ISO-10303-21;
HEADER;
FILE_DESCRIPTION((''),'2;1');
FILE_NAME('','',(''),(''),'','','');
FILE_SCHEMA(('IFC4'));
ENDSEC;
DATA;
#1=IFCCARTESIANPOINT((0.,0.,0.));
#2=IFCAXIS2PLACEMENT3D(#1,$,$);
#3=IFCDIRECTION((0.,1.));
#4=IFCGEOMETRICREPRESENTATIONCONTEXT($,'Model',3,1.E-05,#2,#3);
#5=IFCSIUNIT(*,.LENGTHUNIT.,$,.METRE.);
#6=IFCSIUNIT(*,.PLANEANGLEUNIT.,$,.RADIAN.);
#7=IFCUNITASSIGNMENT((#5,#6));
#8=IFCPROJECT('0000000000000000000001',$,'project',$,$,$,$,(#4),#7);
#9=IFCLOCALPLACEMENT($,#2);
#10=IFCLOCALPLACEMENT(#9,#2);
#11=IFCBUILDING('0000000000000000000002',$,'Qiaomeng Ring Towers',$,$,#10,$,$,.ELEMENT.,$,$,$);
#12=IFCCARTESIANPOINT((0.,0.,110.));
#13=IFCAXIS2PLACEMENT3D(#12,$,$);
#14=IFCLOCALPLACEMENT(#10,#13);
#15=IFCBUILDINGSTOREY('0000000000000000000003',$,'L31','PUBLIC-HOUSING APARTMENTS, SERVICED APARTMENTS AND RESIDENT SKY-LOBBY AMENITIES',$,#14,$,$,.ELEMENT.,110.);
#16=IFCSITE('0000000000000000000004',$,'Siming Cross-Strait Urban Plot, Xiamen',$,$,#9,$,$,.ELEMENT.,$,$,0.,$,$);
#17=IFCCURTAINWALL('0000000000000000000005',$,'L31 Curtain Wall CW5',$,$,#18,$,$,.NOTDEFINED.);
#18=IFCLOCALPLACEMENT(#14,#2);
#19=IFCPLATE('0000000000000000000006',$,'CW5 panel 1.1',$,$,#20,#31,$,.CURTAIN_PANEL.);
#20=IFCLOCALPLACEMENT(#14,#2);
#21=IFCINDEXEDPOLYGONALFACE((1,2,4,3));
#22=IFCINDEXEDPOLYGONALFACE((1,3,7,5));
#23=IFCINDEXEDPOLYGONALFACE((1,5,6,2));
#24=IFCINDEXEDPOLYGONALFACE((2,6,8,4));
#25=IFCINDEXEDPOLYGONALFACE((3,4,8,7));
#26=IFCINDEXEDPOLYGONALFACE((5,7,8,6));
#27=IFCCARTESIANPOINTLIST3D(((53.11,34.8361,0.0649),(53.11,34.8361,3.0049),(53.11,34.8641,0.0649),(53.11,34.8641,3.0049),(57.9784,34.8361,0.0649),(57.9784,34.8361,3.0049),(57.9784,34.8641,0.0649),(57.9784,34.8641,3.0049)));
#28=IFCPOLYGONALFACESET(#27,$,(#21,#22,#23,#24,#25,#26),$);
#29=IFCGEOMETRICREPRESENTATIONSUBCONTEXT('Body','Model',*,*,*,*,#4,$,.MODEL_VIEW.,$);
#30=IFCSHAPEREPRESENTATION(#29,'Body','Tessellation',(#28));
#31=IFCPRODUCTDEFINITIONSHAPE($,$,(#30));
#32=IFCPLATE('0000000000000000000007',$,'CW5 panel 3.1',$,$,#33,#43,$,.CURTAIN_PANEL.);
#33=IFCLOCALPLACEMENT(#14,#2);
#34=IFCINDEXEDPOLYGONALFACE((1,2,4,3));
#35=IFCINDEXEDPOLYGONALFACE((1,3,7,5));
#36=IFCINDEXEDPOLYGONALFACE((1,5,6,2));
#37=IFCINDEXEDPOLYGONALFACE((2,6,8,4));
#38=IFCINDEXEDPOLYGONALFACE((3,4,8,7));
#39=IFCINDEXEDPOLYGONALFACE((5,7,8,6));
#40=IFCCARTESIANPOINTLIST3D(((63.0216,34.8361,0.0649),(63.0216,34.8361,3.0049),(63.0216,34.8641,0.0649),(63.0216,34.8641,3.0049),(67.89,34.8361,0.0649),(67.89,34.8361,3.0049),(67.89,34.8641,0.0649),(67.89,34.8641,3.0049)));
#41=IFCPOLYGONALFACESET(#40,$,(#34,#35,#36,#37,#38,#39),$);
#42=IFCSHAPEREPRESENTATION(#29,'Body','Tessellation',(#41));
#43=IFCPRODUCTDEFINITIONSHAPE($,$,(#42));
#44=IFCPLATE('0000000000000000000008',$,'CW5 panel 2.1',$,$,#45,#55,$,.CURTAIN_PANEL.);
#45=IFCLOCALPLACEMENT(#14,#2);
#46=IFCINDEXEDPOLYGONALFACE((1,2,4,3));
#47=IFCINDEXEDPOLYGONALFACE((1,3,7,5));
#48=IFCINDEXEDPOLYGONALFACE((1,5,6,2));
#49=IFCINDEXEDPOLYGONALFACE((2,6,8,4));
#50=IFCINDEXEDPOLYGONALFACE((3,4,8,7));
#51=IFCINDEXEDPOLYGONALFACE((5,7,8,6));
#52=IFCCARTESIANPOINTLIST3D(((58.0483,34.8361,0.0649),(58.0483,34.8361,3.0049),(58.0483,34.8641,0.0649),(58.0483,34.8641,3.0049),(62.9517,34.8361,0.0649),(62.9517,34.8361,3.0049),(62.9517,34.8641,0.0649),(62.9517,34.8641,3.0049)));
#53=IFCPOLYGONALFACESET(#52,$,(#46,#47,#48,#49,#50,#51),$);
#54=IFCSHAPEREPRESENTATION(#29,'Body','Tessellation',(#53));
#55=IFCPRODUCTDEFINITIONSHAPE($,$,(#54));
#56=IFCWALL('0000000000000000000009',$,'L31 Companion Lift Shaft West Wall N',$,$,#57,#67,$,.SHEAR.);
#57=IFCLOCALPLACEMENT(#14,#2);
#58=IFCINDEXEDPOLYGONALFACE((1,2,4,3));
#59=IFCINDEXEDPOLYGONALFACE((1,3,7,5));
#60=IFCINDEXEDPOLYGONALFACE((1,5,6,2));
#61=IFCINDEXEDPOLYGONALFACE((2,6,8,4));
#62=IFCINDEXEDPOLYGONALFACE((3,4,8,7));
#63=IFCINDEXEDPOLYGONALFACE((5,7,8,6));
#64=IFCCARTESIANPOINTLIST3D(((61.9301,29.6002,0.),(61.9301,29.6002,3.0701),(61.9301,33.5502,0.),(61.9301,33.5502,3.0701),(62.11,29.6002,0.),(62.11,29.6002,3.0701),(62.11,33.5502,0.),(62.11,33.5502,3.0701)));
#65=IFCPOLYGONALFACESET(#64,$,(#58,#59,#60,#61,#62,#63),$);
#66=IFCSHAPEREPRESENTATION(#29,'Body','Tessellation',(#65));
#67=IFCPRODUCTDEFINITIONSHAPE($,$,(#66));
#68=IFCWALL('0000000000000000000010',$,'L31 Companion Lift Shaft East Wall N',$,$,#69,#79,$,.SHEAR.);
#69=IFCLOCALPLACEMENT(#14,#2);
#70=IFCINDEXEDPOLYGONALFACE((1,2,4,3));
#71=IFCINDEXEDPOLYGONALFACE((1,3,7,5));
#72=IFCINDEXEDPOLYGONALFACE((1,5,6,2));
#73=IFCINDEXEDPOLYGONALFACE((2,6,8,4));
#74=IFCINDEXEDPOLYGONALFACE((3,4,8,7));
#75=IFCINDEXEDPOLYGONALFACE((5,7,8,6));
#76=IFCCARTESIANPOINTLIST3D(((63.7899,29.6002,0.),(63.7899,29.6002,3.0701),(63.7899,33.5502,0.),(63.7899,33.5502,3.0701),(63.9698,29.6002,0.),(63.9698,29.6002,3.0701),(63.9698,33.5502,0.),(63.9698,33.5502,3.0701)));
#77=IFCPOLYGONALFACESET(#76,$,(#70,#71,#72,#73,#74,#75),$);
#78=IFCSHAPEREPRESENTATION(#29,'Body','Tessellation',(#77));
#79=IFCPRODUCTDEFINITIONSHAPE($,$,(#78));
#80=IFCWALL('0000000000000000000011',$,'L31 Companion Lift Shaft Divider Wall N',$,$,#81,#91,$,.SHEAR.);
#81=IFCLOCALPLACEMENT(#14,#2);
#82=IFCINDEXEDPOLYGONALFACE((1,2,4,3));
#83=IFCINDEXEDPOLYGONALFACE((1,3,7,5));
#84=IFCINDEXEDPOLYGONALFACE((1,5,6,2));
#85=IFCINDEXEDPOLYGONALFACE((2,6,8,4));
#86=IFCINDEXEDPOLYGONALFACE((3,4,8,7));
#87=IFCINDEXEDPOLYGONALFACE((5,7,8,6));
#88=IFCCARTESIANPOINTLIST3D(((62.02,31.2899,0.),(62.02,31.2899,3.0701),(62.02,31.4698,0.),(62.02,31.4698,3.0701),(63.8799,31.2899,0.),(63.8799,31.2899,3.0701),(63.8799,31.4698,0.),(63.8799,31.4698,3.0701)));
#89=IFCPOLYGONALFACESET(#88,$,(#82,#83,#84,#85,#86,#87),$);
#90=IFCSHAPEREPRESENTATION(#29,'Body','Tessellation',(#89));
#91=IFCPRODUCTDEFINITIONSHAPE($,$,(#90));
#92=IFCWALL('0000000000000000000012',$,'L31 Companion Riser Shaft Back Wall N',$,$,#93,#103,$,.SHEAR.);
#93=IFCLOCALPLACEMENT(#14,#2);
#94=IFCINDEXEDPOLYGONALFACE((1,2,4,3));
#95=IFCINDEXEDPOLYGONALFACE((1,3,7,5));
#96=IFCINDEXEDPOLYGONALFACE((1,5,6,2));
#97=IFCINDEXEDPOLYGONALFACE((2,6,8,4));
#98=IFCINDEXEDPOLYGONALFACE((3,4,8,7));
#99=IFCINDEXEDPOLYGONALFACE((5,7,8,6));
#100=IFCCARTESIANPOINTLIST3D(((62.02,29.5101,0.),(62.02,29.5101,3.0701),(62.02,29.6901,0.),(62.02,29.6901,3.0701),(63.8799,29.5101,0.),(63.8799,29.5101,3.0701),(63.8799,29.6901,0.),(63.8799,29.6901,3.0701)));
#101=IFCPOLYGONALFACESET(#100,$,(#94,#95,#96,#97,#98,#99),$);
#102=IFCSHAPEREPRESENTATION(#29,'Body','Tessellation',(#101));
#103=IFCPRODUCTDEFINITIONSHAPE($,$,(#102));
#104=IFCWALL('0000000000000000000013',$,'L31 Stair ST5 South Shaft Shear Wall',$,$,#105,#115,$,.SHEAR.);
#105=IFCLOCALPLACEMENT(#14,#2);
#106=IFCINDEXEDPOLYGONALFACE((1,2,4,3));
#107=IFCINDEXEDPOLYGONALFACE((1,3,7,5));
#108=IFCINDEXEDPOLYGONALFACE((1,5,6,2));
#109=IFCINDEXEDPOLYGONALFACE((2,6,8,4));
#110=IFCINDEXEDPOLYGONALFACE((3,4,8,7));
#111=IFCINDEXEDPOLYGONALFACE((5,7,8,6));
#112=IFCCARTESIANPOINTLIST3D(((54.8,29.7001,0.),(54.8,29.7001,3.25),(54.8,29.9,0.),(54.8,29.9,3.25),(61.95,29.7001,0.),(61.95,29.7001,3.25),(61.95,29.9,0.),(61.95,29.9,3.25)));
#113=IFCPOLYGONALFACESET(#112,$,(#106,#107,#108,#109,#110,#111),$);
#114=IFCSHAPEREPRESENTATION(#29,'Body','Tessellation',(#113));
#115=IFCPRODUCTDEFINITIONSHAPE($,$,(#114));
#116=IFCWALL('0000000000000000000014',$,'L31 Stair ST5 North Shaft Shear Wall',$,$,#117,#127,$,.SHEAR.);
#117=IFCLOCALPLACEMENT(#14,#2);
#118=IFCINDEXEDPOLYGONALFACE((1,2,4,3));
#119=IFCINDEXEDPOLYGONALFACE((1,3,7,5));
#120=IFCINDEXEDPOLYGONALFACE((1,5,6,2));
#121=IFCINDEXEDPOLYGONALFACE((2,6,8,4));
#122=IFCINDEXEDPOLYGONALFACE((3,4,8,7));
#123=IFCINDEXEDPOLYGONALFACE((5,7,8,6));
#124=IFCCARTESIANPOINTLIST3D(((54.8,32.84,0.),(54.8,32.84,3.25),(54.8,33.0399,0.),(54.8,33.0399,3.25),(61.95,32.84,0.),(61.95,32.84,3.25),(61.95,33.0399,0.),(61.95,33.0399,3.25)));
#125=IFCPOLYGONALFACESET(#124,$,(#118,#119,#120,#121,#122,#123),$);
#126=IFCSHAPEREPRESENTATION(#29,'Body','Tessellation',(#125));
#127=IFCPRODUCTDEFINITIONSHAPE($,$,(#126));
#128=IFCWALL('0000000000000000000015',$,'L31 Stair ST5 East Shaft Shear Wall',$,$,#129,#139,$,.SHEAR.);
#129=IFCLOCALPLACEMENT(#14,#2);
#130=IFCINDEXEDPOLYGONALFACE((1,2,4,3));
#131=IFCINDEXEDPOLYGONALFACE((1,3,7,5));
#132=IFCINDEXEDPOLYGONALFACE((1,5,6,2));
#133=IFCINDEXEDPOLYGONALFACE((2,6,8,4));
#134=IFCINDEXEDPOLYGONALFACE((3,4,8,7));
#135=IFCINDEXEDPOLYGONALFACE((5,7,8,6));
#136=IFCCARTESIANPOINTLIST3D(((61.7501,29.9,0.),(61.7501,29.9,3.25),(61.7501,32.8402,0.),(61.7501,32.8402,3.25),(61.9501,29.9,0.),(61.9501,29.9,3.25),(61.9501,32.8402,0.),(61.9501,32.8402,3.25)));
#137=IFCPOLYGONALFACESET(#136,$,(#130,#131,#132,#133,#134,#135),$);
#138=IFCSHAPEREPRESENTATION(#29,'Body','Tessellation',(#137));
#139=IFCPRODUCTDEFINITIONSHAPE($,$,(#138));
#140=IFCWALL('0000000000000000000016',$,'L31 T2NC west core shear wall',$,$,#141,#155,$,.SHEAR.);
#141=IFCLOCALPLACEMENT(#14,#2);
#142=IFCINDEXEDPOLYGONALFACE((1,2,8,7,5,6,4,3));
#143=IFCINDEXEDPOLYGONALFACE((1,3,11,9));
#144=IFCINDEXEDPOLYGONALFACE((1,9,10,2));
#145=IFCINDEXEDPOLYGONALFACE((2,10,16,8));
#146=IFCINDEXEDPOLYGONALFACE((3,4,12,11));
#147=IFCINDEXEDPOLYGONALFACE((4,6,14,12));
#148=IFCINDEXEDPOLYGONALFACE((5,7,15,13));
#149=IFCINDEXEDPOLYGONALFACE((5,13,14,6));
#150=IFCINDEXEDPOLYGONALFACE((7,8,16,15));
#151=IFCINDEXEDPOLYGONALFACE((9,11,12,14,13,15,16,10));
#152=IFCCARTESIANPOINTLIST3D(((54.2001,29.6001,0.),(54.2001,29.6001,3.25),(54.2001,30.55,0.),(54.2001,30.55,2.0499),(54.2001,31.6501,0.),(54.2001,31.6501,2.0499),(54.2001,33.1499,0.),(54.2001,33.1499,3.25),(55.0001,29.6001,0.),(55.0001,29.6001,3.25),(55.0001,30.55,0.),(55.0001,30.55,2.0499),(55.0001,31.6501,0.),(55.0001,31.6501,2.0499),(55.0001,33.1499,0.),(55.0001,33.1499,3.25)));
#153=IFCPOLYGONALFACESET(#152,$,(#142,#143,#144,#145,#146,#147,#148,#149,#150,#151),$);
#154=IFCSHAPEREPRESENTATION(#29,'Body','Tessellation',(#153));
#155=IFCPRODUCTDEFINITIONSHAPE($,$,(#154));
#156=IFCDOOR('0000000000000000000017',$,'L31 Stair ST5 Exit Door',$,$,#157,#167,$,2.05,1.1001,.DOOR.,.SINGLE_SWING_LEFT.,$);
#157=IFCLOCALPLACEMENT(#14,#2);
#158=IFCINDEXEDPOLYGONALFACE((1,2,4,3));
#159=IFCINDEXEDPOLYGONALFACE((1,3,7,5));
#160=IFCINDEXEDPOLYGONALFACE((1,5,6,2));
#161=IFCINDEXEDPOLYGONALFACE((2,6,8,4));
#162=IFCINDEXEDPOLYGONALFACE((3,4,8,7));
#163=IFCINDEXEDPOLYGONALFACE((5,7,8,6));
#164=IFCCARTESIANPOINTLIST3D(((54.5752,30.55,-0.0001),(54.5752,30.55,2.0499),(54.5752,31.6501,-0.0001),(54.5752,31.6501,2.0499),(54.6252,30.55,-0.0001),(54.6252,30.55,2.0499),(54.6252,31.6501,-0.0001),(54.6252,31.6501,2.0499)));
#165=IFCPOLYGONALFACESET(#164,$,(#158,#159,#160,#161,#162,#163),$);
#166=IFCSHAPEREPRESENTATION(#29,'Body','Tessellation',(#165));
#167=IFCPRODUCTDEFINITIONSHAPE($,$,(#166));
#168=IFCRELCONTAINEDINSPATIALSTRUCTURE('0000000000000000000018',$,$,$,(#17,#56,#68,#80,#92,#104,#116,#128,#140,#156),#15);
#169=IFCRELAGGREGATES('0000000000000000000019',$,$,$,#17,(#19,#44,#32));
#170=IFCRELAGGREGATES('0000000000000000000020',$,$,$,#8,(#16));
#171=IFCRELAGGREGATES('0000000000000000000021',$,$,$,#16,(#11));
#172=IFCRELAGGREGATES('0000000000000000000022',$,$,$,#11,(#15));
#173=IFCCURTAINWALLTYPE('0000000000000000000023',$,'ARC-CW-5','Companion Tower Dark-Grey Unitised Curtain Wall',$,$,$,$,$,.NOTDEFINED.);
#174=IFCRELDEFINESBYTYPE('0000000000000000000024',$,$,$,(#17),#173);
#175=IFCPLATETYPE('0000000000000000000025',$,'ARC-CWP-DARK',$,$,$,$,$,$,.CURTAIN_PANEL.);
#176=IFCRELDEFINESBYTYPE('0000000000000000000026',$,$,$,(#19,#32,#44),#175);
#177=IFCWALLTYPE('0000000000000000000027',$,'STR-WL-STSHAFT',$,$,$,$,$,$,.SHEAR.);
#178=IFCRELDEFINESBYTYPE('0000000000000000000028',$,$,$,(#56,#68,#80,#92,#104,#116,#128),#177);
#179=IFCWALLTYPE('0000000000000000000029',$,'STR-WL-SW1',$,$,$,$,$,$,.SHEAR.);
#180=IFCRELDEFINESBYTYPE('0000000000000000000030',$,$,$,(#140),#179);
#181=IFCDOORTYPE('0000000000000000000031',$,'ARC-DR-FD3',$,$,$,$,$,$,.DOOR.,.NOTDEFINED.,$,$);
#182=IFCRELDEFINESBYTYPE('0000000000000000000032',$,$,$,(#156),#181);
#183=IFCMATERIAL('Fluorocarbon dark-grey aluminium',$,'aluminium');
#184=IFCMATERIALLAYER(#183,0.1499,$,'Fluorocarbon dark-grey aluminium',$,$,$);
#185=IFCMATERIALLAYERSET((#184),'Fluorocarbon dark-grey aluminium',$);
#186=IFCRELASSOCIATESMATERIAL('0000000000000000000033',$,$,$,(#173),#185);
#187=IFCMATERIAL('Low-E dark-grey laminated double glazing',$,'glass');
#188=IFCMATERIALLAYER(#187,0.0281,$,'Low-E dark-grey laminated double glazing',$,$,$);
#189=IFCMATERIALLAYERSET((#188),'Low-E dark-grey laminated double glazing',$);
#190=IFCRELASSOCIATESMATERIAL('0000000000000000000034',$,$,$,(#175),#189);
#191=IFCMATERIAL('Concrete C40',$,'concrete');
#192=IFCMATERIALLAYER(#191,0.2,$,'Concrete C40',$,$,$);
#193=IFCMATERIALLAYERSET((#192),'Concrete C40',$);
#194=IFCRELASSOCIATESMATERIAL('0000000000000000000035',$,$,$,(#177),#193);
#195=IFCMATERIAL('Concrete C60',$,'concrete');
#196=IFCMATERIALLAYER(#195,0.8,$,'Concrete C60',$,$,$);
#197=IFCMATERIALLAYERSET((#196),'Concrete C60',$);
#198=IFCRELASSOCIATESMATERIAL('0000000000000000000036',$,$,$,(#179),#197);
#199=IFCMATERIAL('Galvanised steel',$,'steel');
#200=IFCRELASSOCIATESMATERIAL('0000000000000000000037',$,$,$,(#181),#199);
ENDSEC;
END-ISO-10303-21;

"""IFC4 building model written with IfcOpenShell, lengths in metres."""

from ifc_helpers import new_model, si_unit, direction, frame, frame_2d, origin, origin_2d, place, context, subcontext, project, spatial, rectangle, extrude, source, transform, mapped, material, layer, layer_set, type_object, element, fill, aggregate, save


model = new_model("IFC4")

# Units and contexts
model_context = context("Model", 3, precision=1e-05, world=origin(), true_north=direction((0.0, 1.0)))
body_context = subcontext(model_context, "Body", "Model", "MODEL_VIEW")
ifc_project = project(units=[si_unit("LENGTHUNIT", "METRE"), si_unit("PLANEANGLEUNIT", "RADIAN")], contexts=[model_context])

# Site, building, storey
site_placement = place(None, origin())
site = spatial("IfcSite", under=ifc_project, at=site_placement, Name="Siming Cross-Strait Urban Plot, Xiamen", CompositionType="ELEMENT", RefElevation=0.0)
building_placement = place(site_placement, origin())
building = spatial("IfcBuilding", under=site, at=building_placement, Name="Qiaomeng Ring Towers", CompositionType="ELEMENT")
storey_placement = place(building_placement, frame((0.0, 0.0, 110.0)))
storey = spatial("IfcBuildingStorey", under=building, at=storey_placement, Name="L31", Description="PUBLIC-HOUSING APARTMENTS, SERVICED APARTMENTS AND RESIDENT SKY-LOBBY AMENITIES", CompositionType="ELEMENT", Elevation=110.0)

# Curtain wall
ifc_material_1 = material(Name="Fluorocarbon dark-grey aluminium", Category="aluminium")
ifc_layer_1 = layer(ifc_material_1, 0.1499, Name="Fluorocarbon dark-grey aluminium")
ifc_layer_set_1 = layer_set([ifc_layer_1], Name="Fluorocarbon dark-grey aluminium")
curtain_wall_type_1 = type_object("IfcCurtainWallType", Name="ARC-CW-5", Description="Companion Tower Dark-Grey Unitised Curtain Wall", PredefinedType="NOTDEFINED", material=ifc_layer_set_1)
curtain_wall_1_placement = place(storey_placement, origin())
curtain_wall_1 = element("IfcCurtainWall", 1, at=curtain_wall_1_placement, inside=storey, type_object=curtain_wall_type_1, Name="L31 Curtain Wall CW5", PredefinedType="NOTDEFINED")

# Shared definitions
ifc_material_2 = material(Name="Low-E dark-grey laminated double glazing", Category="glass")
ifc_layer_2 = layer(ifc_material_2, 0.0281, Name="Low-E dark-grey laminated double glazing")
ifc_layer_set_2 = layer_set([ifc_layer_2], Name="Low-E dark-grey laminated double glazing")
plate_type = type_object("IfcPlateType", Name="ARC-CWP-DARK", PredefinedType="CURTAIN_PANEL", material=ifc_layer_set_2)

# Plates
shared_shape_1 = source(origin(), body_context, "Body", "SweptSolid", [
    extrude(rectangle(XDim=4.8684, YDim=0.0281, at=origin_2d()), origin(), (0.0, 0.0, 1.0), 2.9399),
])
plate_1_placement = place(storey_placement, frame((55.5442, 34.8501, 0.0649), z_axis=(0.0, 0.0, 1.0), x_axis=(1.0, 0.0, 0.0)))
plate_1 = element("IfcPlate", 2, at=plate_1_placement, type_object=plate_type, Name="CW5 panel 1.1", PredefinedType="CURTAIN_PANEL", context=body_context, shape_type="MappedRepresentation", body=[
    mapped(shared_shape_1, transform((0.0, 0.0, 0.0), x_axis=(1.0, 0.0, 0.0), y_axis=(0.0, 1.0, 0.0), z_axis=(0.0, 0.0, 1.0), scale=1.0)),
])
plate_2_placement = place(storey_placement, frame((65.4558, 34.8501, 0.0649), z_axis=(0.0, 0.0, 1.0), x_axis=(1.0, 0.0, 0.0)))
plate_2 = element("IfcPlate", 3, at=plate_2_placement, type_object=plate_type, Name="CW5 panel 3.1", PredefinedType="CURTAIN_PANEL", context=body_context, shape_type="MappedRepresentation", body=[
    mapped(shared_shape_1, transform((0.0, 0.0, 0.0), x_axis=(1.0, 0.0, 0.0), y_axis=(0.0, 1.0, 0.0), z_axis=(0.0, 0.0, 1.0), scale=1.0)),
])
shared_shape_2 = source(origin(), body_context, "Body", "SweptSolid", [
    extrude(rectangle(XDim=4.9033, YDim=0.0281, at=origin_2d()), origin(), (0.0, 0.0, 1.0), 2.9399),
])
plate_3_placement = place(storey_placement, frame((60.5, 34.8501, 0.0649), z_axis=(0.0, 0.0, 1.0), x_axis=(1.0, 0.0, 0.0)))
plate_3 = element("IfcPlate", 4, at=plate_3_placement, type_object=plate_type, Name="CW5 panel 2.1", PredefinedType="CURTAIN_PANEL", context=body_context, shape_type="MappedRepresentation", body=[
    mapped(shared_shape_2, transform((0.0, 0.0, 0.0), x_axis=(1.0, 0.0, 0.0), y_axis=(0.0, 1.0, 0.0), z_axis=(0.0, 0.0, 1.0), scale=1.0)),
])
aggregate(curtain_wall_1, [plate_1, plate_3, plate_2])

# Walls
ifc_material_3 = material(Name="Concrete C40", Category="concrete")
ifc_layer_3 = layer(ifc_material_3, 0.2, Name="Concrete C40")
ifc_layer_set_3 = layer_set([ifc_layer_3], Name="Concrete C40")
wall_type_1 = type_object("IfcWallType", Name="STR-WL-STSHAFT", PredefinedType="SHEAR", material=ifc_layer_set_3)
for number, where, z_axis, x_axis, name in (
    (5, (62.02, 29.6001, 0.0), (0.0, 0.0, 1.0), (0.0, 1.0, 0.0), "L31 Companion Lift Shaft West Wall N"),
    (6, (63.8799, 29.6001, 0.0), (0.0, 0.0, 1.0), (0.0, 1.0, 0.0), "L31 Companion Lift Shaft East Wall N"),
):
    element("IfcWall", number, at=place(storey_placement, frame(where, z_axis=z_axis, x_axis=x_axis)), inside=storey, type_object=wall_type_1, Name=name, PredefinedType="SHEAR", context=body_context, shape_type="SweptSolid", body=[
        extrude(rectangle(XDim=3.95, YDim=0.1799, at=frame_2d((1.9751, 0.0))), origin(), (0.0, 0.0, 1.0), 3.0701),
    ])
for number, where, z_axis, x_axis, name in (
    (7, (62.02, 31.3799, 0.0), (0.0, 0.0, 1.0), (1.0, 0.0, 0.0), "L31 Companion Lift Shaft Divider Wall N"),
    (8, (62.02, 29.6001, 0.0), (0.0, 0.0, 1.0), (1.0, 0.0, 0.0), "L31 Companion Riser Shaft Back Wall N"),
):
    element("IfcWall", number, at=place(storey_placement, frame(where, z_axis=z_axis, x_axis=x_axis)), inside=storey, type_object=wall_type_1, Name=name, PredefinedType="SHEAR", context=body_context, shape_type="SweptSolid", body=[
        extrude(rectangle(XDim=1.8599, YDim=0.1799, at=frame_2d((0.9299, 0.0))), origin(), (0.0, 0.0, 1.0), 3.0701),
    ])
for number, where, z_axis, x_axis, name in (
    (9, (54.8, 29.8, 0.0), (0.0, 0.0, 1.0), (1.0, 0.0, 0.0), "L31 Stair ST5 South Shaft Shear Wall"),
    (10, (54.8, 32.9399, 0.0), (0.0, 0.0, 1.0), (1.0, 0.0, 0.0), "L31 Stair ST5 North Shaft Shear Wall"),
):
    element("IfcWall", number, at=place(storey_placement, frame(where, z_axis=z_axis, x_axis=x_axis)), inside=storey, type_object=wall_type_1, Name=name, PredefinedType="SHEAR", context=body_context, shape_type="SweptSolid", body=[
        extrude(rectangle(XDim=7.1499, YDim=0.2, at=frame_2d((3.575, 0.0))), origin(), (0.0, 0.0, 1.0), 3.25),
    ])
wall_1_placement = place(storey_placement, frame((61.8501, 29.8999, 0.0), z_axis=(0.0, 0.0, 1.0), x_axis=(0.0, 1.0, 0.0)))
element("IfcWall", 11, at=wall_1_placement, inside=storey, type_object=wall_type_1, Name="L31 Stair ST5 East Shaft Shear Wall", PredefinedType="SHEAR", context=body_context, shape_type="SweptSolid", body=[
    extrude(rectangle(XDim=2.9402, YDim=0.2, at=frame_2d((1.4702, 0.0))), origin(), (0.0, 0.0, 1.0), 3.25),
])

# Wall, opening, door
ifc_material_4 = material(Name="Concrete C60", Category="concrete")
ifc_layer_4 = layer(ifc_material_4, 0.8, Name="Concrete C60")
ifc_layer_set_4 = layer_set([ifc_layer_4], Name="Concrete C60")
wall_type_2 = type_object("IfcWallType", Name="STR-WL-SW1", PredefinedType="SHEAR", material=ifc_layer_set_4)
wall_2_placement = place(storey_placement, frame((54.6001, 29.6001, 0.0), z_axis=(0.0, 0.0, 1.0), x_axis=(0.0, 1.0, 0.0)))
wall_2 = element("IfcWall", 12, at=wall_2_placement, inside=storey, type_object=wall_type_2, Name="L31 T2NC west core shear wall", PredefinedType="SHEAR", context=body_context, shape_type="SweptSolid", body=[
    extrude(rectangle(XDim=3.5498, YDim=0.8, at=frame_2d((1.7749, 0.0))), origin(), (0.0, 0.0, 1.0), 3.25),
])
opening_1_placement = place(wall_2_placement, frame((0.95, 0.0, 0.0)))
opening_1 = element("IfcOpeningElement", 13, at=opening_1_placement, cuts=wall_2, PredefinedType="OPENING", context=body_context, shape_type="SweptSolid", body=[
    extrude(rectangle(XDim=1.1001, YDim=2.05, at=frame_2d((0.55, 1.0249))), frame((0.0, 0.4099, 0.0), z_axis=(0.0, -1.0, 0.0), x_axis=(1.0, 0.0, 0.0)), (0.0, 0.0, 1.0), 0.8201),
])
ifc_material_5 = material(Name="Galvanised steel", Category="steel")
door_type_1 = type_object("IfcDoorType", Name="ARC-DR-FD3", OperationType="NOTDEFINED", PredefinedType="DOOR", material=ifc_material_5)
shared_shape_3 = source(origin(), body_context, "Body", "SweptSolid", [
    extrude(rectangle(XDim=1.1001, YDim=2.05, at=frame_2d((0.55, 1.0249))), frame((0.0, 0.0249, 0.0), z_axis=(0.0, -1.0, 0.0), x_axis=(1.0, 0.0, 0.0)), (0.0, 0.0, 1.0), 0.05),
])
door_1_placement = place(opening_1_placement, origin())
door_1 = element("IfcDoor", 14, at=door_1_placement, inside=storey, type_object=door_type_1, Name="L31 Stair ST5 Exit Door", OperationType="SINGLE_SWING_LEFT", OverallHeight=2.05, OverallWidth=1.1001, PredefinedType="DOOR", context=body_context, shape_type="MappedRepresentation", body=[
    mapped(shared_shape_3, transform((0.0, 0.0, 0.0), x_axis=(1.0, 0.0, 0.0), y_axis=(0.0, 1.0, 0.0), z_axis=(0.0, 0.0, 1.0), scale=1.0)),
])
fill(opening_1, door_1)

save(model, "model.ifc")
